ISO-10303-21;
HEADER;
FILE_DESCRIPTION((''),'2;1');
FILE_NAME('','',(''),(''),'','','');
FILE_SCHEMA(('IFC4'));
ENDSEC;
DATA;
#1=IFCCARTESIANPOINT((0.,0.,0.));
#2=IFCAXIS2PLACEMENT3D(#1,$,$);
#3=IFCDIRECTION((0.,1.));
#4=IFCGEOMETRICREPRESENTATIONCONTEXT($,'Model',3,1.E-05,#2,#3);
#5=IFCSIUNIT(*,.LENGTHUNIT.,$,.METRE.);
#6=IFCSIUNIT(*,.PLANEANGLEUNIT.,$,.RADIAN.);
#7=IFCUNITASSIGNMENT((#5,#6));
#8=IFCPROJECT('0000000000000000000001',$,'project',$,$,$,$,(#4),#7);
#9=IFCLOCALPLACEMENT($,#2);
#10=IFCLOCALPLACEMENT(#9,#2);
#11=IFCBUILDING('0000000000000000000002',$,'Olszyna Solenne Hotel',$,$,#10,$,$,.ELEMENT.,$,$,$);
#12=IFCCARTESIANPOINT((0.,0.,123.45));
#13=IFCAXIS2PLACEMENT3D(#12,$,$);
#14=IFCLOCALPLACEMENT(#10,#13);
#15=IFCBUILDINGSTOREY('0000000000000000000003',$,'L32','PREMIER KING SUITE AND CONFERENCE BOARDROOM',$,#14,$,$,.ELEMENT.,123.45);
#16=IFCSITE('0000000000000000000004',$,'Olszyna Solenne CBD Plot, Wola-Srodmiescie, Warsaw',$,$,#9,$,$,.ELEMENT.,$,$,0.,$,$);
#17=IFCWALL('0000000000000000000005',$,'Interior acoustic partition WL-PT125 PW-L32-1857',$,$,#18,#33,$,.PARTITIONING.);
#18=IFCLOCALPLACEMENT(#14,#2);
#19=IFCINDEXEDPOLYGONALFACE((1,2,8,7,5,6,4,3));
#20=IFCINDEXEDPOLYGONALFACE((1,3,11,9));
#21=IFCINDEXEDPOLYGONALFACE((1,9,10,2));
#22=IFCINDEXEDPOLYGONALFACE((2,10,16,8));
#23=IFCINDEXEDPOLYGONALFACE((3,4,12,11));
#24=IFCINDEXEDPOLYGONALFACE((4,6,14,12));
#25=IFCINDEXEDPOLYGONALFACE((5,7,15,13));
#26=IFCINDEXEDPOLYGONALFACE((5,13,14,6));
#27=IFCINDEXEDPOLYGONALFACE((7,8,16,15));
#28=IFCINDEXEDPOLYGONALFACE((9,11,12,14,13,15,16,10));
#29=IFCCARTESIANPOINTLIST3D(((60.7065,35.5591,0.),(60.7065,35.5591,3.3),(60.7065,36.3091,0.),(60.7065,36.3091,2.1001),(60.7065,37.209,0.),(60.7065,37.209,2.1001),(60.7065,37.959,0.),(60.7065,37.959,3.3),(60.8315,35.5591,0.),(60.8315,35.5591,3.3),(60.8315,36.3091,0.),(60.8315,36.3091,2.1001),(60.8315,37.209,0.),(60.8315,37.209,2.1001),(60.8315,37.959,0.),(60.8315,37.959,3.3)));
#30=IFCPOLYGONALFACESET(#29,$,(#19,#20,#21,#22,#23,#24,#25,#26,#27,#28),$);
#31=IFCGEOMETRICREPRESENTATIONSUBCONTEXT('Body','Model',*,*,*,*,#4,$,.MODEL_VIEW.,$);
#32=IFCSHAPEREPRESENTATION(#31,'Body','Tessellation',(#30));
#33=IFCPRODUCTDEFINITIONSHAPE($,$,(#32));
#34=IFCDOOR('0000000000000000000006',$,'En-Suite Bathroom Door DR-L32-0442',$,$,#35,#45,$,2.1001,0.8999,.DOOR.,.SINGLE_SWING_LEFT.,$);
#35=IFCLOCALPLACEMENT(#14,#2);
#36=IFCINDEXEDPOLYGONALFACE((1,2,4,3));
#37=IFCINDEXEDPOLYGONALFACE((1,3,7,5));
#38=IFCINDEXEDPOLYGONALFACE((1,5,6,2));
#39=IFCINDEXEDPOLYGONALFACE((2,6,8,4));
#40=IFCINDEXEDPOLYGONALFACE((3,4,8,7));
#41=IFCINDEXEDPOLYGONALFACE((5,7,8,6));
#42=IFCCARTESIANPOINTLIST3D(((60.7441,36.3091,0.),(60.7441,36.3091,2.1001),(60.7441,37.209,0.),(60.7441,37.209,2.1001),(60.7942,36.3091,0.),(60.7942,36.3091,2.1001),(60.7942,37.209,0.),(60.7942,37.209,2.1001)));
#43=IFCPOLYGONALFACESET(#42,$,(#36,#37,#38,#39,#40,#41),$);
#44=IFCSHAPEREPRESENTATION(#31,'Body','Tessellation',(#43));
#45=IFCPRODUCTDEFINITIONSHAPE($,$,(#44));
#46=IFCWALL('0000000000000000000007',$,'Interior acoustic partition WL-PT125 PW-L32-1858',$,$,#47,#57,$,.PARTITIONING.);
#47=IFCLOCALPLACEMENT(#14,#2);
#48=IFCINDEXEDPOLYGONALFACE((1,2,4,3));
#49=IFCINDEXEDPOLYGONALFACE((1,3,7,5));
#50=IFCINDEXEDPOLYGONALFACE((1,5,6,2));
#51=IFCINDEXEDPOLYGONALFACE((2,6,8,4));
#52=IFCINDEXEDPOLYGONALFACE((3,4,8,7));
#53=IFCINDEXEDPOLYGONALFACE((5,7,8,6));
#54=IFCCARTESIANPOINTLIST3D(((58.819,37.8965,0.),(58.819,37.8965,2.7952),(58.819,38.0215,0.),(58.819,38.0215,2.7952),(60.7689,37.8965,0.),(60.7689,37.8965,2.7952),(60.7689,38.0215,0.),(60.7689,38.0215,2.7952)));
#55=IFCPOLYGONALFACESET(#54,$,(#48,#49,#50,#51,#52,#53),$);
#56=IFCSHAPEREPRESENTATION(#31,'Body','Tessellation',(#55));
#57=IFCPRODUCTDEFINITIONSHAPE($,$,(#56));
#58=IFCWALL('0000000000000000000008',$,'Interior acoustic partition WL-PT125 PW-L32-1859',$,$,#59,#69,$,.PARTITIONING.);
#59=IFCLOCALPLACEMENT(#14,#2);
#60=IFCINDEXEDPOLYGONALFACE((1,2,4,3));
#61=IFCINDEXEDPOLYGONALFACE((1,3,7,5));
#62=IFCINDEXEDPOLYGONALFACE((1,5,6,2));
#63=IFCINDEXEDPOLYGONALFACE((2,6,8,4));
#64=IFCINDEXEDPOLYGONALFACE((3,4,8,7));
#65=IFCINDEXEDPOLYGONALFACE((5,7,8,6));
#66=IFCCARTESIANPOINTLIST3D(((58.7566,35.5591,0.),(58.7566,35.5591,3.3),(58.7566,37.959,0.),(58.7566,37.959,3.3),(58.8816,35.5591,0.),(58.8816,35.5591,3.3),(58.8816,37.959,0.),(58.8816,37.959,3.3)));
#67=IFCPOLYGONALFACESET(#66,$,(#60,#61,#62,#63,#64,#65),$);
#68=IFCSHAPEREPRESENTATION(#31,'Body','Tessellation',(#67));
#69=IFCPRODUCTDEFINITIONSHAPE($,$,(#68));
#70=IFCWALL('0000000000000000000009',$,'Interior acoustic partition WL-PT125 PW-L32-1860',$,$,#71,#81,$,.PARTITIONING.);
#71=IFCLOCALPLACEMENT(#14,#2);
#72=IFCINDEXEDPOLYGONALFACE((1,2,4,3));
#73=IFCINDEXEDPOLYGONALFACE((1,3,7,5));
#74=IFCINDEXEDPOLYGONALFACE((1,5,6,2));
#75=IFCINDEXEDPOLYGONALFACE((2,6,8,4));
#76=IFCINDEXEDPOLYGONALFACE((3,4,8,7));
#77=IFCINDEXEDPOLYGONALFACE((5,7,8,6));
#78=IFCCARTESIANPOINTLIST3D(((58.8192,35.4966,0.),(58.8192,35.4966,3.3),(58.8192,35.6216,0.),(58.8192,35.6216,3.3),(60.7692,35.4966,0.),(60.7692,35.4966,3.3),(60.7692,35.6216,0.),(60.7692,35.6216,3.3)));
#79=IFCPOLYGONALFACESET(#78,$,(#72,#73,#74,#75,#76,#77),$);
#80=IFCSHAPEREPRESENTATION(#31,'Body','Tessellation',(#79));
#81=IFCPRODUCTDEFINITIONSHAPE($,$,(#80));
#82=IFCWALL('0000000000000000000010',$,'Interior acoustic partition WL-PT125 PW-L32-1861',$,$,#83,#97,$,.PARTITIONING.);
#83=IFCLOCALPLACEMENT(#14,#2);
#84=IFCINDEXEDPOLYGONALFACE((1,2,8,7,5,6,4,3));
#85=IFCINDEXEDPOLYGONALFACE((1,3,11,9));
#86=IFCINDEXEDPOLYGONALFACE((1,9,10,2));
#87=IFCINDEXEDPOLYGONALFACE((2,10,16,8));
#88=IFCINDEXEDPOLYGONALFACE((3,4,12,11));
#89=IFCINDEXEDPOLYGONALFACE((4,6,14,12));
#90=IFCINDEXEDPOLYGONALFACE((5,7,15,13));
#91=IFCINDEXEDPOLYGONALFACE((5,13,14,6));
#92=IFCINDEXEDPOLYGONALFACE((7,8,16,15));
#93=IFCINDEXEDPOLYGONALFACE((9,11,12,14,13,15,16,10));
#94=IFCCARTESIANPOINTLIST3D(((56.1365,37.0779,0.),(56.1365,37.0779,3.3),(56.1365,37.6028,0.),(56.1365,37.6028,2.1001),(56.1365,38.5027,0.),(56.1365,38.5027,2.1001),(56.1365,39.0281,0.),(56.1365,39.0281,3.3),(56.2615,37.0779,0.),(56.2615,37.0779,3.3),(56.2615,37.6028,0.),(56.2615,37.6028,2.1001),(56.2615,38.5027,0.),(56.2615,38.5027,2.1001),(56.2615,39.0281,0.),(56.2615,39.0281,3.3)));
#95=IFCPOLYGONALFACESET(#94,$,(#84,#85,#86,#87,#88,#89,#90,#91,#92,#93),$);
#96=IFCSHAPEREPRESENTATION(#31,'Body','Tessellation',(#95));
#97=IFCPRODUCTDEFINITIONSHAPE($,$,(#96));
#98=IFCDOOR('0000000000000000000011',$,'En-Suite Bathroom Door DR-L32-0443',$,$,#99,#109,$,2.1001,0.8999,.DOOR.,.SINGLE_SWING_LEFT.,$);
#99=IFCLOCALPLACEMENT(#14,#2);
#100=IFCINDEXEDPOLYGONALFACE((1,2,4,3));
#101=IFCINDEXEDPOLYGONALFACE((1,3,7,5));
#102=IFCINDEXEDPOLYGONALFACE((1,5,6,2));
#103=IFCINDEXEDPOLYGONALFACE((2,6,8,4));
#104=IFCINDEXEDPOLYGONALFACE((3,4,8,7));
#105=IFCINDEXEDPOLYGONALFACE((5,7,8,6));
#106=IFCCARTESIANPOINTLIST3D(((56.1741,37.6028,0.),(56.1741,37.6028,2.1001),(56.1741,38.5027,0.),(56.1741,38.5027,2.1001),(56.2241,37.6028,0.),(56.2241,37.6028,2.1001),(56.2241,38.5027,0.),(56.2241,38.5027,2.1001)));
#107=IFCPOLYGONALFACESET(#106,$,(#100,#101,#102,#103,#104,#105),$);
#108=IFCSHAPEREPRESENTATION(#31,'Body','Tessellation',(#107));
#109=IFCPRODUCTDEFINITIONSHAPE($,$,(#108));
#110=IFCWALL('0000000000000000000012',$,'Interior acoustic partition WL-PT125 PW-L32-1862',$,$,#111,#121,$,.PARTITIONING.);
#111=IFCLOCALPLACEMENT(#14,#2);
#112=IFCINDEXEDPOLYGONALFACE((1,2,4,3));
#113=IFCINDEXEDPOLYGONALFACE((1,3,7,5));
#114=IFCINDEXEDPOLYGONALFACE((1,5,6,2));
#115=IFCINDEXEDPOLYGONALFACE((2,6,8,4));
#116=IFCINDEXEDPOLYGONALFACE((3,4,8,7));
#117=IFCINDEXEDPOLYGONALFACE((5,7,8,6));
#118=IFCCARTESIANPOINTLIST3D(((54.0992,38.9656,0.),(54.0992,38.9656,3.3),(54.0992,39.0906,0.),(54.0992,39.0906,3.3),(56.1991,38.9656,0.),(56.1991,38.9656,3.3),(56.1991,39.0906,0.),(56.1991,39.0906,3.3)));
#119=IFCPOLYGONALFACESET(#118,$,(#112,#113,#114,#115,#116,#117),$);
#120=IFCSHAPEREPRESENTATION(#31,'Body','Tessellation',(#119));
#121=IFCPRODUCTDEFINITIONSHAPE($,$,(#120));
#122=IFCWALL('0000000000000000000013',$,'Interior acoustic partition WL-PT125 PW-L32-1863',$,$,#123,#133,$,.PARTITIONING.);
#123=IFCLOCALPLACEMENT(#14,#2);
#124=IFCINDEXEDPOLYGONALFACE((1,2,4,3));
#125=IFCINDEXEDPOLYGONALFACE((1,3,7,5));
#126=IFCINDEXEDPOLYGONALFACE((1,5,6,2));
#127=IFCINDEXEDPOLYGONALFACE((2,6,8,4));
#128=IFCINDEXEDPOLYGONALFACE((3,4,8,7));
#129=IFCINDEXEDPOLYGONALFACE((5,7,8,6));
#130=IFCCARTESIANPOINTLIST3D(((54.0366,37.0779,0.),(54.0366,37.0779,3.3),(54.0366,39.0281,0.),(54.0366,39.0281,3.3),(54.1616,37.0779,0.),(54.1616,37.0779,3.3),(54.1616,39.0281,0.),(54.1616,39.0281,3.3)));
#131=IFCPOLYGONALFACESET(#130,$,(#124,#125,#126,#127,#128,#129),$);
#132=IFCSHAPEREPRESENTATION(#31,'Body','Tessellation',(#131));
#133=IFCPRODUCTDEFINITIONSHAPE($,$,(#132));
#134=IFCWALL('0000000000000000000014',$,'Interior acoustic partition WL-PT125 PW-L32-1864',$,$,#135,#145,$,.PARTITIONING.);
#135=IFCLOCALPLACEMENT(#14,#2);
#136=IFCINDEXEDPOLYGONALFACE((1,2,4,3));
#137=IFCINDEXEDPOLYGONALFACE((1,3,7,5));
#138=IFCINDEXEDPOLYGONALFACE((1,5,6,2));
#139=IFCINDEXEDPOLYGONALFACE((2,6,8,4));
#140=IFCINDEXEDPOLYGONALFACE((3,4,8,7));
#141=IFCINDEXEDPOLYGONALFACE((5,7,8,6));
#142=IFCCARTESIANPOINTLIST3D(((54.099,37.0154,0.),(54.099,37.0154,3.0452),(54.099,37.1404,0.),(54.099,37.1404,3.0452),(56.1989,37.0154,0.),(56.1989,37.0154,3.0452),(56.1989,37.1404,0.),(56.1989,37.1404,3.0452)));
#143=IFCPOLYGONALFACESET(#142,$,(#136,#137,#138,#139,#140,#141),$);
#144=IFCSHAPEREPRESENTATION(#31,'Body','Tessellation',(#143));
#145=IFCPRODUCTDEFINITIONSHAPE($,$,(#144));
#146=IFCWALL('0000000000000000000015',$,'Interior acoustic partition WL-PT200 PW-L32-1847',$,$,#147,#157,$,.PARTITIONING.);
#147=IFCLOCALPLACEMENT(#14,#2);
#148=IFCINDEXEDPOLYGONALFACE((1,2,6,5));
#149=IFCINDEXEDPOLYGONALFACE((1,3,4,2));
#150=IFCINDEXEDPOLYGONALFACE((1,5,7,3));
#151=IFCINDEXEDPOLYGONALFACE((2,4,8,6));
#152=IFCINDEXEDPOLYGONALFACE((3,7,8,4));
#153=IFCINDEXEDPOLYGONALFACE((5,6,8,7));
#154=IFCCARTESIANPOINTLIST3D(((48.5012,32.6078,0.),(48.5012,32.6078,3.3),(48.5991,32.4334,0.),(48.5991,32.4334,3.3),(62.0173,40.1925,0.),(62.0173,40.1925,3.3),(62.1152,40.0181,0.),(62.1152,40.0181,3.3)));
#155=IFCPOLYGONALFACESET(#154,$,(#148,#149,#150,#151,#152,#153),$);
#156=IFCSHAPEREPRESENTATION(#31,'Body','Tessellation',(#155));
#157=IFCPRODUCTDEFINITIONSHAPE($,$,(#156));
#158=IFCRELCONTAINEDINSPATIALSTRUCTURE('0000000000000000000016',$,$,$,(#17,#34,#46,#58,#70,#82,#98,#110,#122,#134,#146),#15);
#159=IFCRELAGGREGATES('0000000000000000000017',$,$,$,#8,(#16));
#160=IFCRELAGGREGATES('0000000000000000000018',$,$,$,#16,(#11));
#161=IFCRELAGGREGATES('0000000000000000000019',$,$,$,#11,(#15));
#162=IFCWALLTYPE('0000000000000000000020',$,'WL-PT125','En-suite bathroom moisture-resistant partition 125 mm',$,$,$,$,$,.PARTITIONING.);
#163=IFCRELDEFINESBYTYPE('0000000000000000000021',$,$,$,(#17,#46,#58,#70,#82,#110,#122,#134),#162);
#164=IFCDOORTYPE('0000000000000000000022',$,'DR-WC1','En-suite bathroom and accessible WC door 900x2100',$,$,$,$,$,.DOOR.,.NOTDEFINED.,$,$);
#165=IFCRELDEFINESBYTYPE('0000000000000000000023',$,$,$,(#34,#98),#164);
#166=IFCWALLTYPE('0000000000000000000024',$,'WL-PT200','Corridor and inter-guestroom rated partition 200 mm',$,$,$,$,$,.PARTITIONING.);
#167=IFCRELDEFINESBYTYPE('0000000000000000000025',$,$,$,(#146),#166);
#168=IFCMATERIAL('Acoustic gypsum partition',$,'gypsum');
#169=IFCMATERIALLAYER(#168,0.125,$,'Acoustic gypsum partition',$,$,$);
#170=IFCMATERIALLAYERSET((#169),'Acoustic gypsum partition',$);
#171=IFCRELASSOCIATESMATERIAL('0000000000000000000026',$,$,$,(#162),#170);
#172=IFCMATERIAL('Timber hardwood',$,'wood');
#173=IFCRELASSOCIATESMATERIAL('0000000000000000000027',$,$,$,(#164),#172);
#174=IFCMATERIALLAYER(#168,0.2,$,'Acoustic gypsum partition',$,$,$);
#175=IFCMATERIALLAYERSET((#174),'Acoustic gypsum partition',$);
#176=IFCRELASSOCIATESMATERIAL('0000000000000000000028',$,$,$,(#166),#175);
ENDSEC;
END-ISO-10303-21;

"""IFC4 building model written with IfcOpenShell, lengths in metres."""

from ifc_helpers import new_model, si_unit, direction, frame, frame_2d, origin, place, context, subcontext, project, spatial, rectangle, extrude, source, transform, mapped, material, layer, layer_set, type_object, type_shapes, element, fill, save


model = new_model("IFC4")

# Units and contexts
model_context = context("Model", 3, precision=1e-05, world=origin(), true_north=direction((0.0, 1.0)))
body_context = subcontext(model_context, "Body", "Model", "MODEL_VIEW")
ifc_project = project(units=[si_unit("LENGTHUNIT", "METRE"), si_unit("PLANEANGLEUNIT", "RADIAN")], contexts=[model_context])

# Site, building, storey
site_placement = place(None, origin())
site = spatial("IfcSite", under=ifc_project, at=site_placement, Name="Olszyna Solenne CBD Plot, Wola-Srodmiescie, Warsaw", CompositionType="ELEMENT", RefElevation=0.0)
building_placement = place(site_placement, origin())
building = spatial("IfcBuilding", under=site, at=building_placement, Name="Olszyna Solenne Hotel", CompositionType="ELEMENT")
storey_placement = place(building_placement, frame((0.0, 0.0, 123.45)))
storey = spatial("IfcBuildingStorey", under=building, at=storey_placement, Name="L32", Description="PREMIER KING SUITE AND CONFERENCE BOARDROOM", CompositionType="ELEMENT", Elevation=123.45)

# Shared definitions
ifc_material_1 = material(Name="Timber hardwood", Category="wood")

# Shared definitions
ifc_material_2 = material(Name="Acoustic gypsum partition", Category="gypsum")
ifc_layer_1 = layer(ifc_material_2, 0.125, Name="Acoustic gypsum partition")
ifc_layer_set_1 = layer_set([ifc_layer_1], Name="Acoustic gypsum partition")
wall_type_1 = type_object("IfcWallType", Name="WL-PT125", Description="En-suite bathroom moisture-resistant partition 125 mm", PredefinedType="PARTITIONING", material=ifc_layer_set_1)

# Wall, opening, door
wall_1_placement = place(storey_placement, frame((60.769, 35.5591, 0.0), z_axis=(0.0, 0.0, 1.0), x_axis=(0.0, 1.0, 0.0)))
wall_1 = element("IfcWall", 1, at=wall_1_placement, inside=storey, type_object=wall_type_1, Name="Interior acoustic partition WL-PT125 PW-L32-1857", PredefinedType="PARTITIONING", context=body_context, shape_type="SweptSolid", body=[
    extrude(rectangle(XDim=2.3999, YDim=0.125, at=frame_2d((1.2, 0.0))), origin(), (0.0, 0.0, 1.0), 3.3),
])
opening_1_placement = place(wall_1_placement, frame((0.75, 0.0, 0.0)))
opening_1 = element("IfcOpeningElement", 2, at=opening_1_placement, cuts=wall_1, PredefinedType="OPENING", context=body_context, shape_type="SweptSolid", body=[
    extrude(rectangle(XDim=0.8999, YDim=2.1001, at=frame_2d((0.45, 1.05))), frame((0.0, 0.0725, 0.0), z_axis=(0.0, -1.0, 0.0), x_axis=(1.0, 0.0, 0.0)), (0.0, 0.0, 1.0), 0.145),
])
door_type_1 = type_object("IfcDoorType", Name="DR-WC1", Description="En-suite bathroom and accessible WC door 900x2100", OperationType="NOTDEFINED", PredefinedType="DOOR", material=ifc_material_1)
shared_shape_1 = source(origin(), body_context, "Body", "SweptSolid", [
    extrude(rectangle(XDim=0.8999, YDim=2.1001, at=frame_2d((0.45, 1.05))), frame((0.0, 0.0249, 0.0), z_axis=(0.0, -1.0, 0.0), x_axis=(1.0, 0.0, 0.0)), (0.0, 0.0, 1.0), 0.05),
])
type_shapes(door_type_1, [shared_shape_1])
door_1_placement = place(opening_1_placement, origin())
door_1 = element("IfcDoor", 3, at=door_1_placement, inside=storey, type_object=door_type_1, Name="En-Suite Bathroom Door DR-L32-0442", OperationType="SINGLE_SWING_LEFT", OverallHeight=2.1001, OverallWidth=0.8999, PredefinedType="DOOR", context=body_context, shape_type="MappedRepresentation", body=[
    mapped(shared_shape_1, transform((0.0, 0.0, 0.0), x_axis=(1.0, 0.0, 0.0), y_axis=(0.0, 1.0, 0.0), z_axis=(0.0, 0.0, 1.0), scale=1.0)),
])
fill(opening_1, door_1)

# Walls
wall_2_placement = place(storey_placement, frame((60.769, 37.959, 0.0), z_axis=(0.0, 0.0, 1.0), x_axis=(-1.0, 0.0, 0.0)))
element("IfcWall", 4, at=wall_2_placement, inside=storey, type_object=wall_type_1, Name="Interior acoustic partition WL-PT125 PW-L32-1858", PredefinedType="PARTITIONING", context=body_context, shape_type="SweptSolid", body=[
    extrude(rectangle(XDim=1.95, YDim=0.125, at=frame_2d((0.9751, 0.0))), origin(), (0.0, 0.0, 1.0), 2.7952),
])
wall_3_placement = place(storey_placement, frame((58.8191, 37.959, 0.0), z_axis=(0.0, 0.0, 1.0), x_axis=(0.0, -1.0, 0.0)))
element("IfcWall", 5, at=wall_3_placement, inside=storey, type_object=wall_type_1, Name="Interior acoustic partition WL-PT125 PW-L32-1859", PredefinedType="PARTITIONING", context=body_context, shape_type="SweptSolid", body=[
    extrude(rectangle(XDim=2.3999, YDim=0.125, at=frame_2d((1.2, 0.0))), origin(), (0.0, 0.0, 1.0), 3.3),
])
wall_4_placement = place(storey_placement, frame((58.8191, 35.5591, 0.0), z_axis=(0.0, 0.0, 1.0), x_axis=(1.0, 0.0, 0.0)))
element("IfcWall", 6, at=wall_4_placement, inside=storey, type_object=wall_type_1, Name="Interior acoustic partition WL-PT125 PW-L32-1860", PredefinedType="PARTITIONING", context=body_context, shape_type="SweptSolid", body=[
    extrude(rectangle(XDim=1.95, YDim=0.125, at=frame_2d((0.9751, 0.0))), origin(), (0.0, 0.0, 1.0), 3.3),
])

# Wall, opening, door
wall_5_placement = place(storey_placement, frame((56.199, 37.0779, 0.0), z_axis=(0.0, 0.0, 1.0), x_axis=(0.0, 1.0, 0.0)))
wall_5 = element("IfcWall", 7, at=wall_5_placement, inside=storey, type_object=wall_type_1, Name="Interior acoustic partition WL-PT125 PW-L32-1861", PredefinedType="PARTITIONING", context=body_context, shape_type="SweptSolid", body=[
    extrude(rectangle(XDim=1.9502, YDim=0.125, at=frame_2d((0.9751, 0.0))), origin(), (0.0, 0.0, 1.0), 3.3),
])
opening_2_placement = place(wall_5_placement, frame((0.5249, 0.0, 0.0)))
opening_2 = element("IfcOpeningElement", 8, at=opening_2_placement, cuts=wall_5, PredefinedType="OPENING", context=body_context, shape_type="SweptSolid", body=[
    extrude(rectangle(XDim=0.8999, YDim=2.1001, at=frame_2d((0.45, 1.05))), frame((0.0, 0.0725, 0.0), z_axis=(0.0, -1.0, 0.0), x_axis=(1.0, 0.0, 0.0)), (0.0, 0.0, 1.0), 0.145),
])
door_2_placement = place(opening_2_placement, origin())
door_2 = element("IfcDoor", 9, at=door_2_placement, inside=storey, type_object=door_type_1, Name="En-Suite Bathroom Door DR-L32-0443", OperationType="SINGLE_SWING_LEFT", OverallHeight=2.1001, OverallWidth=0.8999, PredefinedType="DOOR", context=body_context, shape_type="MappedRepresentation", body=[
    mapped(shared_shape_1, transform((0.0, 0.0, 0.0), x_axis=(1.0, 0.0, 0.0), y_axis=(0.0, 1.0, 0.0), z_axis=(0.0, 0.0, 1.0), scale=1.0)),
])
fill(opening_2, door_2)

# Walls
wall_6_placement = place(storey_placement, frame((56.199, 39.0281, 0.0), z_axis=(0.0, 0.0, 1.0), x_axis=(-1.0, 0.0, 0.0)))
element("IfcWall", 10, at=wall_6_placement, inside=storey, type_object=wall_type_1, Name="Interior acoustic partition WL-PT125 PW-L32-1862", PredefinedType="PARTITIONING", context=body_context, shape_type="SweptSolid", body=[
    extrude(rectangle(XDim=2.0999, YDim=0.125, at=frame_2d((1.0498, 0.0))), origin(), (0.0, 0.0, 1.0), 3.3),
])
wall_7_placement = place(storey_placement, frame((54.0991, 39.0281, 0.0), z_axis=(0.0, 0.0, 1.0), x_axis=(0.0, -1.0, 0.0)))
element("IfcWall", 11, at=wall_7_placement, inside=storey, type_object=wall_type_1, Name="Interior acoustic partition WL-PT125 PW-L32-1863", PredefinedType="PARTITIONING", context=body_context, shape_type="SweptSolid", body=[
    extrude(rectangle(XDim=1.9502, YDim=0.125, at=frame_2d((0.9751, 0.0))), origin(), (0.0, 0.0, 1.0), 3.3),
])
wall_8_placement = place(storey_placement, frame((54.0991, 37.0779, 0.0), z_axis=(0.0, 0.0, 1.0), x_axis=(1.0, 0.0, 0.0)))
element("IfcWall", 12, at=wall_8_placement, inside=storey, type_object=wall_type_1, Name="Interior acoustic partition WL-PT125 PW-L32-1864", PredefinedType="PARTITIONING", context=body_context, shape_type="SweptSolid", body=[
    extrude(rectangle(XDim=2.0999, YDim=0.125, at=frame_2d((1.0498, 0.0))), origin(), (0.0, 0.0, 1.0), 3.0452),
])
ifc_layer_2 = layer(ifc_material_2, 0.2, Name="Acoustic gypsum partition")
ifc_layer_set_2 = layer_set([ifc_layer_2], Name="Acoustic gypsum partition")
wall_type_2 = type_object("IfcWallType", Name="WL-PT200", Description="Corridor and inter-guestroom rated partition 200 mm", PredefinedType="PARTITIONING", material=ifc_layer_set_2)
wall_9_placement = place(storey_placement, frame((48.55, 32.5205, 0.0), z_axis=(0.0, 0.0, 1.0), x_axis=(0.872074, 0.489374, 0.0)))
element("IfcWall", 13, at=wall_9_placement, inside=storey, type_object=wall_type_2, Name="Interior acoustic partition WL-PT200 PW-L32-1847", PredefinedType="PARTITIONING", context=body_context, shape_type="SweptSolid", body=[
    extrude(rectangle(XDim=15.4988, YDim=0.2, at=frame_2d((7.7495, 0.0))), origin(), (0.0, 0.0, 1.0), 3.3),
])

save(model, "model.ifc")
